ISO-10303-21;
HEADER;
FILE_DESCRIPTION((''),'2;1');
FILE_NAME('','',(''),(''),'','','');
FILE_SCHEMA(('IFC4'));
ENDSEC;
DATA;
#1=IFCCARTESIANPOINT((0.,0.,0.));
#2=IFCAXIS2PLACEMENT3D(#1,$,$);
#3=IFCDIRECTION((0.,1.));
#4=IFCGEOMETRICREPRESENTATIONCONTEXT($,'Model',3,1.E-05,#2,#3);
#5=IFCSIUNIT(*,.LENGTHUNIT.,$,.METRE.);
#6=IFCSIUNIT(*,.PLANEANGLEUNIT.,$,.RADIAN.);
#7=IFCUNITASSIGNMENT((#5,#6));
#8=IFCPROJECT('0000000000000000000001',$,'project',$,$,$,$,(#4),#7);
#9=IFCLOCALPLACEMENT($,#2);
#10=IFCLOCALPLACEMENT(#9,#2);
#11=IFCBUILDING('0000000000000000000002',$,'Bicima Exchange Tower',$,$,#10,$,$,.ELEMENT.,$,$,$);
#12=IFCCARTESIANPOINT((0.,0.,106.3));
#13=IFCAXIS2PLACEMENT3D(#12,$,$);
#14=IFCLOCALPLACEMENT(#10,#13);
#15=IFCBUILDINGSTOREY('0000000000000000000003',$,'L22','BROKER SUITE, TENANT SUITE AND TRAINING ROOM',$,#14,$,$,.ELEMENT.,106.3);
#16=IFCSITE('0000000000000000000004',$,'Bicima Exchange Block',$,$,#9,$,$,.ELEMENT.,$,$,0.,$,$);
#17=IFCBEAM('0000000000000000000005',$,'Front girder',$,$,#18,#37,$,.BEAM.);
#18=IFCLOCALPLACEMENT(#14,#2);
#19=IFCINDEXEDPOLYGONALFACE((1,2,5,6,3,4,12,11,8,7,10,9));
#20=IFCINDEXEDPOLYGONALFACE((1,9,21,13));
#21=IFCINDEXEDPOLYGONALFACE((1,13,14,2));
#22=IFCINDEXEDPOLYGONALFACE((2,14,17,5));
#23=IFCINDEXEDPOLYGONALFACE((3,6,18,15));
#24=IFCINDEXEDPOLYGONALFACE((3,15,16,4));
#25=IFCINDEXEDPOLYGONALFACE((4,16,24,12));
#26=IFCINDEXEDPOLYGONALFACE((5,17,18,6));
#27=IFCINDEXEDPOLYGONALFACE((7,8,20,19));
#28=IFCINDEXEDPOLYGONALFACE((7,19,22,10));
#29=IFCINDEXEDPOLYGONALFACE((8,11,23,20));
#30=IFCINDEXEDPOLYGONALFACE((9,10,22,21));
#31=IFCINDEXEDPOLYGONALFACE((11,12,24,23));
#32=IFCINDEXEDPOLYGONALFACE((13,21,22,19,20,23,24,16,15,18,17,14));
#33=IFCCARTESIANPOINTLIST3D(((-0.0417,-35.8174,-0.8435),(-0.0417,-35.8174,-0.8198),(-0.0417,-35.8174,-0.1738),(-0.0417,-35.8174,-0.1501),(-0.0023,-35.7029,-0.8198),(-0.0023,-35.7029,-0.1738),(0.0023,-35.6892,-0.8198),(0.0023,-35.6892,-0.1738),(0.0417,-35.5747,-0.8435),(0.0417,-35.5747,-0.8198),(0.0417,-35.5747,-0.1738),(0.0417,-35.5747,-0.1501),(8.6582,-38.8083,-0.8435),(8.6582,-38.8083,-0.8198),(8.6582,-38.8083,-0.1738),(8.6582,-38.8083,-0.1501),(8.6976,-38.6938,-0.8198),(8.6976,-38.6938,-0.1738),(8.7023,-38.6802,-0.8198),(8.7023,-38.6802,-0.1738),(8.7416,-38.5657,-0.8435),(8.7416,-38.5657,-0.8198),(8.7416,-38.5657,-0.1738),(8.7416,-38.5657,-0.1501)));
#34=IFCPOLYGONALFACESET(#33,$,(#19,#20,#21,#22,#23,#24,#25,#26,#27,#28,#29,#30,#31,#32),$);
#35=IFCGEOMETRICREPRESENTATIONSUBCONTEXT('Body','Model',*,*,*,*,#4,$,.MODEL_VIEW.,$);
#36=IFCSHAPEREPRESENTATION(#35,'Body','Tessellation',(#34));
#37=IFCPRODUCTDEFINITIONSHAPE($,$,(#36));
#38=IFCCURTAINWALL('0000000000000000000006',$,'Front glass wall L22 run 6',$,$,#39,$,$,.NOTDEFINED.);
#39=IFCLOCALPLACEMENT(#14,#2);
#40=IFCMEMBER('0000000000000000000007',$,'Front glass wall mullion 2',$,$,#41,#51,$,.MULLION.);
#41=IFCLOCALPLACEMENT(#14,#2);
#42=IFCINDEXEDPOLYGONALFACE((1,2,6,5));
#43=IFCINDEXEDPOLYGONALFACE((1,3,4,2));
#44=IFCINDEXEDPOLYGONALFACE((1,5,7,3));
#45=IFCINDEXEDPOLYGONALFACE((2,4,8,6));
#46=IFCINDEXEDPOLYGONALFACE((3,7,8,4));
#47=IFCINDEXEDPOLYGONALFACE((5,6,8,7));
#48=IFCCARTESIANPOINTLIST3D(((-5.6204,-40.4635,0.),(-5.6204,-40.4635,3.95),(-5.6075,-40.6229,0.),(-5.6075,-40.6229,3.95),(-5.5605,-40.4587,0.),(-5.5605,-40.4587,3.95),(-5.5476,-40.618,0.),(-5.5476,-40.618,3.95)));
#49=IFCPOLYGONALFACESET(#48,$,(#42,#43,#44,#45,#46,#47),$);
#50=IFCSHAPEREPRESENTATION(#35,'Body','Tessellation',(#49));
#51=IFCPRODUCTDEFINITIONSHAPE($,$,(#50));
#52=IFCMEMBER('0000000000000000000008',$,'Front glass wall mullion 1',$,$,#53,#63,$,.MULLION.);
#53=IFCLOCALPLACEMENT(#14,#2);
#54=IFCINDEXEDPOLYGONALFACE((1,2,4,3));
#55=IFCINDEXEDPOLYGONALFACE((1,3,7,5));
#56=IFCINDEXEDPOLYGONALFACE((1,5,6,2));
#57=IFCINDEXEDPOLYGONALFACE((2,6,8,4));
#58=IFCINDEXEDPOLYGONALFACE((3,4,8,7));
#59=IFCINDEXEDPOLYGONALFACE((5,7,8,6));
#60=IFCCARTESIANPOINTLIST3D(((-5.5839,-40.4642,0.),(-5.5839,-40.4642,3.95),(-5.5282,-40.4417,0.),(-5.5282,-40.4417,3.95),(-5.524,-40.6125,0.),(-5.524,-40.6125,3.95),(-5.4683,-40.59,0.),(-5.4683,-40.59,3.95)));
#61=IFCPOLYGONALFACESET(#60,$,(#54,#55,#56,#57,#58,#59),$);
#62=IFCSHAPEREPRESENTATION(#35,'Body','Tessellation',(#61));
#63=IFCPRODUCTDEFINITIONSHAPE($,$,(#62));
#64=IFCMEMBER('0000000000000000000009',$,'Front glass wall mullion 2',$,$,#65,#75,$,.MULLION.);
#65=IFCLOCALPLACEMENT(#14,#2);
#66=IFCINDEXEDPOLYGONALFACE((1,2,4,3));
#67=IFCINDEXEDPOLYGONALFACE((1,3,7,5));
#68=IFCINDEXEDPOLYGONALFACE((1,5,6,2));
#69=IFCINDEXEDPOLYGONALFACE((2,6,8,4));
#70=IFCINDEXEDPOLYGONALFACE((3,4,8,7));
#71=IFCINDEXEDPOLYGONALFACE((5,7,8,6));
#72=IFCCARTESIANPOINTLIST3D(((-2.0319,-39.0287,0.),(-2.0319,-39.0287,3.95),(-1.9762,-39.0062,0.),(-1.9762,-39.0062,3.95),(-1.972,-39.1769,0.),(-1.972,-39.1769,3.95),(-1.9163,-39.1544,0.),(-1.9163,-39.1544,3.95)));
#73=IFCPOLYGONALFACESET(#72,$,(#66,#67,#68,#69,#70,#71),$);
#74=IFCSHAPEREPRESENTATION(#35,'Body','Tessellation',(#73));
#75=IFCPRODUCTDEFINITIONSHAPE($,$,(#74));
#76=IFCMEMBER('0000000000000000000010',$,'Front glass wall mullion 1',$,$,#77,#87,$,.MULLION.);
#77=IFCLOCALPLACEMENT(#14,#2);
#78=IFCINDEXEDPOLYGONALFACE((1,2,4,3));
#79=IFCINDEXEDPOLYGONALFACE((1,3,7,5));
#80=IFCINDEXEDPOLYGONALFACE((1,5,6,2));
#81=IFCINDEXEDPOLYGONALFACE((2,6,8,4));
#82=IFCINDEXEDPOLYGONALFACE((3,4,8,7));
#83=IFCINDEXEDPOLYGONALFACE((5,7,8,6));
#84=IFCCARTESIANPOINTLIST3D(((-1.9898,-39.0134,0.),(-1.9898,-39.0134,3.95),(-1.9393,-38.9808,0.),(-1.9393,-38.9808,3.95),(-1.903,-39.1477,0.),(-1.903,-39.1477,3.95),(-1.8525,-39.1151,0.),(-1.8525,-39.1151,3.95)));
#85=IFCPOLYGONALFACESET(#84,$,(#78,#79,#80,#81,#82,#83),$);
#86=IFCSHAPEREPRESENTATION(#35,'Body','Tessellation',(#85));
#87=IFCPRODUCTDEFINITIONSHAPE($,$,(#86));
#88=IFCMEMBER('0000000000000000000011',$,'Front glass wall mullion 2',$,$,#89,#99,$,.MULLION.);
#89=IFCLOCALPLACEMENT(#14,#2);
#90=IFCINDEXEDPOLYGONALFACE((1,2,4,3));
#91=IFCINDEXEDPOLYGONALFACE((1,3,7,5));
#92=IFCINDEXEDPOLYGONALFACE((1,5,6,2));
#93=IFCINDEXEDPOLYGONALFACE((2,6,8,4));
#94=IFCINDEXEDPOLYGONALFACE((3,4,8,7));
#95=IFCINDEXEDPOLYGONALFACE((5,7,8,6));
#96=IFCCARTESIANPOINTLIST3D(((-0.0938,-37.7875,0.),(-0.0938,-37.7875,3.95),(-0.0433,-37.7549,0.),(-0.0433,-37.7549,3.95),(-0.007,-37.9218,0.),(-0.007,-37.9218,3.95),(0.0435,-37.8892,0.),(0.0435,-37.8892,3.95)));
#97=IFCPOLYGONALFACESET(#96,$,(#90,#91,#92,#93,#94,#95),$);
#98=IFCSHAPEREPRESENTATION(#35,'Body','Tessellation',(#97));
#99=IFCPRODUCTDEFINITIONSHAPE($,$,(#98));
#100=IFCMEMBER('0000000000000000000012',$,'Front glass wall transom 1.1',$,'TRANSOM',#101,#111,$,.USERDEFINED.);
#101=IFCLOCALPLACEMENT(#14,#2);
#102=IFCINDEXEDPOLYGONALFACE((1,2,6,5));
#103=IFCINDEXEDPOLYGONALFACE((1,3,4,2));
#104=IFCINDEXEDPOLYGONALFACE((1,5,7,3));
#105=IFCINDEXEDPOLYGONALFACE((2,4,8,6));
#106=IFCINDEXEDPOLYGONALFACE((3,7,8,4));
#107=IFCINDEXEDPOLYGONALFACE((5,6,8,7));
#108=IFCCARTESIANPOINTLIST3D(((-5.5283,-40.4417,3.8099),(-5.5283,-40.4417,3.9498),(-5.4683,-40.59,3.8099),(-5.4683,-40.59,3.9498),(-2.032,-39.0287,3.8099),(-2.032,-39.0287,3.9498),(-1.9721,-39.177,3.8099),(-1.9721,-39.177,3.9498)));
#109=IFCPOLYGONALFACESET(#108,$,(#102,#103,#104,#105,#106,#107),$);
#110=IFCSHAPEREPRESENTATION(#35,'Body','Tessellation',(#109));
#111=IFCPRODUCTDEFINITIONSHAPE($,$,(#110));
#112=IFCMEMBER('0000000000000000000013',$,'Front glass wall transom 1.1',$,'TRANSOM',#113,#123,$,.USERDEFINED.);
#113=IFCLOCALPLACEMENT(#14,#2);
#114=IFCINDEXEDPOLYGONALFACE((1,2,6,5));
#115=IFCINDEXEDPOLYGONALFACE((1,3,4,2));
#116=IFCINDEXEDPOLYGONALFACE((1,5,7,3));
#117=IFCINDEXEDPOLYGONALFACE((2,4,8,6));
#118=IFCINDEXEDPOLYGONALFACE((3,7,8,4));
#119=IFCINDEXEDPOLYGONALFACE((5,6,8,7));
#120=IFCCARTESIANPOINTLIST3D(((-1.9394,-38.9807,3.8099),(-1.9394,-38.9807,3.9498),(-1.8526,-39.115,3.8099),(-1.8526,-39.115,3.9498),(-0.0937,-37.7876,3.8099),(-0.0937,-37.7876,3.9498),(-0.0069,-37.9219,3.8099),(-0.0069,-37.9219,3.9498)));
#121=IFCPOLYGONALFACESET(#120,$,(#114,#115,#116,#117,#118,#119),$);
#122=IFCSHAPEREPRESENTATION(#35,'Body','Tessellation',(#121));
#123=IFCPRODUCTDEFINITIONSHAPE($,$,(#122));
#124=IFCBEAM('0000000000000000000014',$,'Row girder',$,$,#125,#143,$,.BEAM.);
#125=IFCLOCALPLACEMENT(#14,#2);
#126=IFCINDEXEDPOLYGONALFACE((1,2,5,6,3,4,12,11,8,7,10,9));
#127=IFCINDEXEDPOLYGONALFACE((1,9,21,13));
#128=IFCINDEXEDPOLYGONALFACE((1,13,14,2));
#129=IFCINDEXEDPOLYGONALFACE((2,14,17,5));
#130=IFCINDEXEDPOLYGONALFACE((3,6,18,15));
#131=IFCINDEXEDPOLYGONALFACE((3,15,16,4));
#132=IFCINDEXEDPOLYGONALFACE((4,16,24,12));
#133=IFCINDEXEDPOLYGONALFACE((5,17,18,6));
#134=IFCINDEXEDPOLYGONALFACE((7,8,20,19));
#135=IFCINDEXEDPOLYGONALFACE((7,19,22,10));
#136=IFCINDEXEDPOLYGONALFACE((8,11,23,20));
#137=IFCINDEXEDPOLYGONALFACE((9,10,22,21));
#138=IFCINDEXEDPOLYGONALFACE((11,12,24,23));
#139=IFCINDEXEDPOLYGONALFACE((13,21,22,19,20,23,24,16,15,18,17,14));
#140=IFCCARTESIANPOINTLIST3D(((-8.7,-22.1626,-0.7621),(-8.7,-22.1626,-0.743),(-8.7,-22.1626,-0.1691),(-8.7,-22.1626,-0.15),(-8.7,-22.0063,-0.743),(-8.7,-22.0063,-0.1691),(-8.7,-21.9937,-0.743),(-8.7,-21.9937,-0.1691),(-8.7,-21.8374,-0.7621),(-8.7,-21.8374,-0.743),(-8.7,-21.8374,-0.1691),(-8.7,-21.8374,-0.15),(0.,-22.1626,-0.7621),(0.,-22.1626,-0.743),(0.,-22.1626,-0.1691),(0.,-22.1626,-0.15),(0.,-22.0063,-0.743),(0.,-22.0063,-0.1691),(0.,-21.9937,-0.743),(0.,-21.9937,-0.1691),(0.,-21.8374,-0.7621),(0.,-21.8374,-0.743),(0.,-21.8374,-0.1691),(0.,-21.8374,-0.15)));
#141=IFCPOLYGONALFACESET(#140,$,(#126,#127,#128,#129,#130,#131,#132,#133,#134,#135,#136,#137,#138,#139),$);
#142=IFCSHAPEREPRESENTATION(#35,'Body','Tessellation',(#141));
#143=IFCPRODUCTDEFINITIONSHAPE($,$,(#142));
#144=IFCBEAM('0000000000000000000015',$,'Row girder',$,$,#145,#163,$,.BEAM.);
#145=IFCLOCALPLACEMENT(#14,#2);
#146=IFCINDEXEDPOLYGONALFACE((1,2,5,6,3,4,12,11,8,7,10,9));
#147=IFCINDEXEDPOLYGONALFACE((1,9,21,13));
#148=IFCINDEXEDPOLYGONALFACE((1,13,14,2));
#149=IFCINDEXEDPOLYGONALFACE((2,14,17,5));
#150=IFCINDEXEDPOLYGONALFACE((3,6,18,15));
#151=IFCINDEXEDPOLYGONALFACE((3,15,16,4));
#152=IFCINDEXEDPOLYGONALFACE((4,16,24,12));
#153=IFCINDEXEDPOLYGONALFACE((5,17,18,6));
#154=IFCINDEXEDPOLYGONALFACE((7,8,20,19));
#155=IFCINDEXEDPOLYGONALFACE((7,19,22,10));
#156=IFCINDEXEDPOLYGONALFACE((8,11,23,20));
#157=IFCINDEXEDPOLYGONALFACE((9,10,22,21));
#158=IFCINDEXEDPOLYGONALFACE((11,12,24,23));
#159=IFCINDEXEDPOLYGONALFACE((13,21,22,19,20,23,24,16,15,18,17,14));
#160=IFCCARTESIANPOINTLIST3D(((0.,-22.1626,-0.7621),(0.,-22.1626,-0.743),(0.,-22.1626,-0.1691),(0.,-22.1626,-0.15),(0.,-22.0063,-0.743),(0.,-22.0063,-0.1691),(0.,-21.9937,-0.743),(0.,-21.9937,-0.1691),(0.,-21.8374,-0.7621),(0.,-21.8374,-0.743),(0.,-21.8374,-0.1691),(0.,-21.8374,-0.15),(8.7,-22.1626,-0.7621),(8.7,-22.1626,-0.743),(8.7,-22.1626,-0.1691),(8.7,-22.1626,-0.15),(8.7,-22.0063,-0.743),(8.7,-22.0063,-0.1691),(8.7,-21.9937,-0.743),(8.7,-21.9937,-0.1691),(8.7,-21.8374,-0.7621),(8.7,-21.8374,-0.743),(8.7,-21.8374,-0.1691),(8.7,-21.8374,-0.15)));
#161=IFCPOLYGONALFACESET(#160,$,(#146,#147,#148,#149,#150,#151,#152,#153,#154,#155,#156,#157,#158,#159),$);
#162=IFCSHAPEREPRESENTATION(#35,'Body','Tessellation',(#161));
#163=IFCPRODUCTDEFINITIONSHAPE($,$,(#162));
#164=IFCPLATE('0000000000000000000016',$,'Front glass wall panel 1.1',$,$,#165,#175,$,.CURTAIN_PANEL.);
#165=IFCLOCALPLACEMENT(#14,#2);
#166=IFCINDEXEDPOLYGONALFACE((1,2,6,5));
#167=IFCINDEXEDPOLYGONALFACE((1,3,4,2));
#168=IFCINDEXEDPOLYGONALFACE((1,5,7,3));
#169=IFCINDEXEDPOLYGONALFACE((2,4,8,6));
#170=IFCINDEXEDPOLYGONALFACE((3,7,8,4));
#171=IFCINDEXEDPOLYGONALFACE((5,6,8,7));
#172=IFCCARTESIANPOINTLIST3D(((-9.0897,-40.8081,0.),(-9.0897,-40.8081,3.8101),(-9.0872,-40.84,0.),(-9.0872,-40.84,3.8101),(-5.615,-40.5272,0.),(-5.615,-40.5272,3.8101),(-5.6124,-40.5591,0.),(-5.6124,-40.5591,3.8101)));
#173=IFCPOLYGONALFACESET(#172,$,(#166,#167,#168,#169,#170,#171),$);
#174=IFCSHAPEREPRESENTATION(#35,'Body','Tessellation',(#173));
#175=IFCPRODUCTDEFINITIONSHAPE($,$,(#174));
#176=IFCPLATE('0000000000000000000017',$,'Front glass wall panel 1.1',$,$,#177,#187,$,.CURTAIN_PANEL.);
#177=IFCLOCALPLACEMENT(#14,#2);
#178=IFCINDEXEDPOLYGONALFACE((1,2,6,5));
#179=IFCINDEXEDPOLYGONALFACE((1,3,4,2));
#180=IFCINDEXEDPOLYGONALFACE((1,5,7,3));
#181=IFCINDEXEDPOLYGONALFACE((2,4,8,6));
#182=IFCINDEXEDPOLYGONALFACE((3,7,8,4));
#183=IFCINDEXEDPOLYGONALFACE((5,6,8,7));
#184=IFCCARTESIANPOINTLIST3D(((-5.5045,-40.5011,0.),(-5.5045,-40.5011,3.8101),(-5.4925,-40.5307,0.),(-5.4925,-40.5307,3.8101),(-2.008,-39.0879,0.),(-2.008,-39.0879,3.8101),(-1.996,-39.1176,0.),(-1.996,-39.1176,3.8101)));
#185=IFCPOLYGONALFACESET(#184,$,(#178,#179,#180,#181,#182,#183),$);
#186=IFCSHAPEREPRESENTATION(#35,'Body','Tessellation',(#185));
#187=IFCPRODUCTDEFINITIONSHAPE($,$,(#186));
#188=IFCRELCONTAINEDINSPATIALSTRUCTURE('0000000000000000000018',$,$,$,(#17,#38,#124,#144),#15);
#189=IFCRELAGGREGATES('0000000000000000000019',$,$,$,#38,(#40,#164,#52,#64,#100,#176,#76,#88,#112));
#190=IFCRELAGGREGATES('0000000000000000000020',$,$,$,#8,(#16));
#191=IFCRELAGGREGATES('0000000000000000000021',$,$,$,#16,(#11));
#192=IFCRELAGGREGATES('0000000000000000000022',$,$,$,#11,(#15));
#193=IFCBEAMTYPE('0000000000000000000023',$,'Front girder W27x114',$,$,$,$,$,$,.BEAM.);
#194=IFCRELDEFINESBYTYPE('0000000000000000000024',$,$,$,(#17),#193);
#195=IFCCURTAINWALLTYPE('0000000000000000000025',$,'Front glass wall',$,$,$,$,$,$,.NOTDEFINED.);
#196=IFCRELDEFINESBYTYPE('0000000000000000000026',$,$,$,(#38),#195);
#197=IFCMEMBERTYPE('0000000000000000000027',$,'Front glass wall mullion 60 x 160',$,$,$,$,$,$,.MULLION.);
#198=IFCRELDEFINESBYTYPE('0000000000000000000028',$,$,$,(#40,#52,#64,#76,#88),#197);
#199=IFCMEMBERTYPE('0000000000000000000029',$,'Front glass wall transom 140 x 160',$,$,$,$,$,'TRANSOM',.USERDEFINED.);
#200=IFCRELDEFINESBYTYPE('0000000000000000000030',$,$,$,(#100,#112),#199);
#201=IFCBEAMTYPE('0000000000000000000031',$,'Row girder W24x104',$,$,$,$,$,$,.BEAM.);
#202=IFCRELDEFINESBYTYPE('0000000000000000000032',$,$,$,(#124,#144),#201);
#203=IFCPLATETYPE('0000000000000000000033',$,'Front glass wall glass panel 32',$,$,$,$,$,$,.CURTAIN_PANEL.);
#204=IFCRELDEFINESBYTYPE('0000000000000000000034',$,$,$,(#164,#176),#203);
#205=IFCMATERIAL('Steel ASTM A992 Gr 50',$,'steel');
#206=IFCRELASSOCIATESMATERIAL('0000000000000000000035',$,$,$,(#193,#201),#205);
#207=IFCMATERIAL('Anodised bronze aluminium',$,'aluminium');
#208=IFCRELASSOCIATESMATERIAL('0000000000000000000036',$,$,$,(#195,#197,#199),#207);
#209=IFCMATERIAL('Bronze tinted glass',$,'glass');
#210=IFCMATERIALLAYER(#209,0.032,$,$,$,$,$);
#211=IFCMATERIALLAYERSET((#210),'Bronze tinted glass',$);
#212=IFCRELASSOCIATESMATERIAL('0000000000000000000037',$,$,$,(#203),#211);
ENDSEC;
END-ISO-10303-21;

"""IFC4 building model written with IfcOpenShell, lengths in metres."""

from ifc_helpers import new_model, si_unit, direction, frame, origin, origin_2d, place, context, subcontext, project, spatial, rectangle, i_section, extrude, material, layer, layer_set, material_profile, profile_set, type_object, element, aggregate, save


model = new_model("IFC4")

# Units and contexts
model_context = context("Model", 3, precision=1e-05, world=origin(), true_north=direction((0.0, 1.0)))
body_context = subcontext(model_context, "Body", "Model", "MODEL_VIEW")
ifc_project = project(units=[si_unit("LENGTHUNIT", "METRE"), si_unit("PLANEANGLEUNIT", "RADIAN")], contexts=[model_context])

# Site, building, storey
site_placement = place(None, origin())
site = spatial("IfcSite", under=ifc_project, at=site_placement, Name="Bicima Exchange Block", CompositionType="ELEMENT", RefElevation=0.0)
building_placement = place(site_placement, origin())
building = spatial("IfcBuilding", under=site, at=building_placement, Name="Bicima Exchange Tower", CompositionType="ELEMENT")
storey_placement = place(building_placement, frame((0.0, 0.0, 106.3)))
storey = spatial("IfcBuildingStorey", under=building, at=storey_placement, Name="L22", Description="BROKER SUITE, TENANT SUITE AND TRAINING ROOM", CompositionType="ELEMENT", Elevation=106.3)

# Shared definitions
ifc_material_1 = material(Name="Steel ASTM A992 Gr 50", Category="steel")

# Beam
ifc_material_profile_1 = material_profile(ifc_material_1, i_section(OverallWidth=0.2566, OverallDepth=0.6934, WebThickness=0.0144, FlangeThickness=0.0237, at=origin_2d()))
ifc_profile_set_1 = profile_set([ifc_material_profile_1], Name="Steel ASTM A992 Gr 50")
beam_type_1 = type_object("IfcBeamType", Name="Front girder W27x114", PredefinedType="BEAM", material=ifc_profile_set_1)
for number, where, z_axis, x_axis, name in (
    (1, (0.0, -35.696, -0.4968), (0.945675, -0.325115, 0.0), (0.325115, 0.945675, 0.0), "Front girder"),
):
    element("IfcBeam", number, at=place(storey_placement, frame(where, z_axis=z_axis, x_axis=x_axis)), inside=storey, type_object=beam_type_1, Name=name, PredefinedType="BEAM", context=body_context, shape_type="SweptSolid", body=[
        extrude(i_section(OverallWidth=0.2566, OverallDepth=0.6934, WebThickness=0.0144, FlangeThickness=0.0237, at=origin_2d()), origin(), (0.0, 0.0, 1.0), 9.1997),
    ])

# Curtain wall, members
ifc_material_2 = material(Name="Anodised bronze aluminium", Category="aluminium")
curtain_wall_type = type_object("IfcCurtainWallType", Name="Front glass wall", PredefinedType="NOTDEFINED", material=ifc_material_2)
curtain_wall_placement = place(storey_placement, origin())
curtain_wall = element("IfcCurtainWall", 2, at=curtain_wall_placement, inside=storey, type_object=curtain_wall_type, Name="Front glass wall L22 run 6", PredefinedType="NOTDEFINED")
ifc_material_profile_2 = material_profile(ifc_material_2, rectangle(XDim=0.1599, YDim=0.0601, at=origin_2d()))
ifc_profile_set_2 = profile_set([ifc_material_profile_2], Name="Anodised bronze aluminium")
member_type_1 = type_object("IfcMemberType", Name="Front glass wall mullion 60 x 160", PredefinedType="MULLION", material=ifc_profile_set_2)
member_1_placement = place(storey_placement, frame((-5.584, -40.5408, 0.0), z_axis=(0.0, 0.0, 1.0), x_axis=(-0.080589, 0.996747, 0.0)))
member_1 = element("IfcMember", 3, at=member_1_placement, type_object=member_type_1, Name="Front glass wall mullion 2", PredefinedType="MULLION", context=body_context, shape_type="SweptSolid", body=[
    extrude(rectangle(XDim=0.1599, YDim=0.0601, at=origin_2d()), origin(), (0.0, 0.0, 1.0), 3.95),
])
member_2_placement = place(storey_placement, frame((-5.5261, -40.5271, 0.0), z_axis=(0.0, 0.0, 1.0), x_axis=(-0.374705, 0.927144, 0.0)))
member_2 = element("IfcMember", 4, at=member_2_placement, type_object=member_type_1, Name="Front glass wall mullion 1", PredefinedType="MULLION", context=body_context, shape_type="SweptSolid", body=[
    extrude(rectangle(XDim=0.1599, YDim=0.0601, at=origin_2d()), origin(), (0.0, 0.0, 1.0), 3.95),
])
member_3_placement = place(storey_placement, frame((-1.9741, -39.0916, 0.0), z_axis=(0.0, 0.0, 1.0), x_axis=(-0.374705, 0.927144, 0.0)))
member_3 = element("IfcMember", 5, at=member_3_placement, type_object=member_type_1, Name="Front glass wall mullion 2", PredefinedType="MULLION", context=body_context, shape_type="SweptSolid", body=[
    extrude(rectangle(XDim=0.1599, YDim=0.0601, at=origin_2d()), origin(), (0.0, 0.0, 1.0), 3.95),
])
member_4_placement = place(storey_placement, frame((-1.9211, -39.0642, 0.0), z_axis=(0.0, 0.0, 1.0), x_axis=(-0.542897, 0.839799, 0.0)))
member_4 = element("IfcMember", 6, at=member_4_placement, type_object=member_type_1, Name="Front glass wall mullion 1", PredefinedType="MULLION", context=body_context, shape_type="SweptSolid", body=[
    extrude(rectangle(XDim=0.1599, YDim=0.0601, at=origin_2d()), origin(), (0.0, 0.0, 1.0), 3.95),
])
member_5_placement = place(storey_placement, frame((-0.0251, -37.8384, 0.0), z_axis=(0.0, 0.0, 1.0), x_axis=(-0.542897, 0.839799, 0.0)))
member_5 = element("IfcMember", 7, at=member_5_placement, type_object=member_type_1, Name="Front glass wall mullion 2", PredefinedType="MULLION", context=body_context, shape_type="SweptSolid", body=[
    extrude(rectangle(XDim=0.1599, YDim=0.0601, at=origin_2d()), origin(), (0.0, 0.0, 1.0), 3.95),
])
ifc_material_profile_3 = material_profile(ifc_material_2, rectangle(XDim=0.1599, YDim=0.1399, at=origin_2d()))
ifc_profile_set_3 = profile_set([ifc_material_profile_3], Name="Anodised bronze aluminium")
member_type_2 = type_object("IfcMemberType", Name="Front glass wall transom 140 x 160", ElementType="TRANSOM", PredefinedType="USERDEFINED", material=ifc_profile_set_3)
member_6_placement = place(storey_placement, frame((-5.4983, -40.5159, 3.8799), z_axis=(0.92714, 0.374715, 0.0), x_axis=(-0.374715, 0.92714, 0.0)))
member_6 = element("IfcMember", 8, at=member_6_placement, type_object=member_type_2, Name="Front glass wall transom 1.1", ObjectType="TRANSOM", PredefinedType="USERDEFINED", context=body_context, shape_type="SweptSolid", body=[
    extrude(rectangle(XDim=0.1599, YDim=0.1399, at=origin_2d()), origin(), (0.0, 0.0, 1.0), 3.771),
])
member_7_placement = place(storey_placement, frame((-1.896, -39.0479, 3.8799), z_axis=(0.839811, 0.542878, 0.0), x_axis=(-0.542878, 0.839811, 0.0)))
member_7 = element("IfcMember", 9, at=member_7_placement, type_object=member_type_2, Name="Front glass wall transom 1.1", ObjectType="TRANSOM", PredefinedType="USERDEFINED", context=body_context, shape_type="SweptSolid", body=[
    extrude(rectangle(XDim=0.1599, YDim=0.1399, at=origin_2d()), origin(), (0.0, 0.0, 1.0), 2.1978),
])

# Beams
ifc_material_profile_4 = material_profile(ifc_material_1, i_section(OverallWidth=0.3252, OverallDepth=0.6121, WebThickness=0.0127, FlangeThickness=0.019, at=origin_2d()))
ifc_profile_set_4 = profile_set([ifc_material_profile_4], Name="Steel ASTM A992 Gr 50")
beam_type_2 = type_object("IfcBeamType", Name="Row girder W24x104", PredefinedType="BEAM", material=ifc_profile_set_4)
for number, where, z_axis, x_axis, name in (
    (10, (-8.7, -22.0, -0.4561), (1.0, 0.0, 0.0), (0.0, 1.0, 0.0), "Row girder"),
    (11, (0.0, -22.0, -0.4561), (1.0, 0.0, 0.0), (0.0, 1.0, 0.0), "Row girder"),
):
    element("IfcBeam", number, at=place(storey_placement, frame(where, z_axis=z_axis, x_axis=x_axis)), inside=storey, type_object=beam_type_2, Name=name, PredefinedType="BEAM", context=body_context, shape_type="SweptSolid", body=[
        extrude(i_section(OverallWidth=0.3252, OverallDepth=0.6121, WebThickness=0.0127, FlangeThickness=0.019, at=origin_2d()), origin(), (0.0, 0.0, 1.0), 8.7),
    ])

# Plates
ifc_material_3 = material(Name="Bronze tinted glass", Category="glass")
ifc_layer_1 = layer(ifc_material_3, 0.032)
ifc_layer_set_1 = layer_set([ifc_layer_1], Name="Bronze tinted glass")
plate_type = type_object("IfcPlateType", Name="Front glass wall glass panel 32", PredefinedType="CURTAIN_PANEL", material=ifc_layer_set_1)
plate_1_placement = place(storey_placement, frame((-7.3511, -40.6836, 0.0), z_axis=(0.0, 0.0, 1.0), x_axis=(0.996747, 0.080589, 0.0)))
plate_1 = element("IfcPlate", 12, at=plate_1_placement, type_object=plate_type, Name="Front glass wall panel 1.1", PredefinedType="CURTAIN_PANEL", context=body_context, shape_type="SweptSolid", body=[
    extrude(rectangle(XDim=3.4861, YDim=0.032, at=origin_2d()), origin(), (0.0, 0.0, 1.0), 3.8101),
])
plate_2_placement = place(storey_placement, frame((-3.7502, -39.8093, 0.0), z_axis=(0.0, 0.0, 1.0), x_axis=(0.927144, 0.374705, 0.0)))
plate_2 = element("IfcPlate", 13, at=plate_2_placement, type_object=plate_type, Name="Front glass wall panel 1.1", PredefinedType="CURTAIN_PANEL", context=body_context, shape_type="SweptSolid", body=[
    extrude(rectangle(XDim=3.7712, YDim=0.032, at=origin_2d()), origin(), (0.0, 0.0, 1.0), 3.8101),
])
aggregate(curtain_wall, [member_1, plate_1, member_2, member_3, member_6, plate_2, member_4, member_5, member_7])

save(model, "model.ifc")
